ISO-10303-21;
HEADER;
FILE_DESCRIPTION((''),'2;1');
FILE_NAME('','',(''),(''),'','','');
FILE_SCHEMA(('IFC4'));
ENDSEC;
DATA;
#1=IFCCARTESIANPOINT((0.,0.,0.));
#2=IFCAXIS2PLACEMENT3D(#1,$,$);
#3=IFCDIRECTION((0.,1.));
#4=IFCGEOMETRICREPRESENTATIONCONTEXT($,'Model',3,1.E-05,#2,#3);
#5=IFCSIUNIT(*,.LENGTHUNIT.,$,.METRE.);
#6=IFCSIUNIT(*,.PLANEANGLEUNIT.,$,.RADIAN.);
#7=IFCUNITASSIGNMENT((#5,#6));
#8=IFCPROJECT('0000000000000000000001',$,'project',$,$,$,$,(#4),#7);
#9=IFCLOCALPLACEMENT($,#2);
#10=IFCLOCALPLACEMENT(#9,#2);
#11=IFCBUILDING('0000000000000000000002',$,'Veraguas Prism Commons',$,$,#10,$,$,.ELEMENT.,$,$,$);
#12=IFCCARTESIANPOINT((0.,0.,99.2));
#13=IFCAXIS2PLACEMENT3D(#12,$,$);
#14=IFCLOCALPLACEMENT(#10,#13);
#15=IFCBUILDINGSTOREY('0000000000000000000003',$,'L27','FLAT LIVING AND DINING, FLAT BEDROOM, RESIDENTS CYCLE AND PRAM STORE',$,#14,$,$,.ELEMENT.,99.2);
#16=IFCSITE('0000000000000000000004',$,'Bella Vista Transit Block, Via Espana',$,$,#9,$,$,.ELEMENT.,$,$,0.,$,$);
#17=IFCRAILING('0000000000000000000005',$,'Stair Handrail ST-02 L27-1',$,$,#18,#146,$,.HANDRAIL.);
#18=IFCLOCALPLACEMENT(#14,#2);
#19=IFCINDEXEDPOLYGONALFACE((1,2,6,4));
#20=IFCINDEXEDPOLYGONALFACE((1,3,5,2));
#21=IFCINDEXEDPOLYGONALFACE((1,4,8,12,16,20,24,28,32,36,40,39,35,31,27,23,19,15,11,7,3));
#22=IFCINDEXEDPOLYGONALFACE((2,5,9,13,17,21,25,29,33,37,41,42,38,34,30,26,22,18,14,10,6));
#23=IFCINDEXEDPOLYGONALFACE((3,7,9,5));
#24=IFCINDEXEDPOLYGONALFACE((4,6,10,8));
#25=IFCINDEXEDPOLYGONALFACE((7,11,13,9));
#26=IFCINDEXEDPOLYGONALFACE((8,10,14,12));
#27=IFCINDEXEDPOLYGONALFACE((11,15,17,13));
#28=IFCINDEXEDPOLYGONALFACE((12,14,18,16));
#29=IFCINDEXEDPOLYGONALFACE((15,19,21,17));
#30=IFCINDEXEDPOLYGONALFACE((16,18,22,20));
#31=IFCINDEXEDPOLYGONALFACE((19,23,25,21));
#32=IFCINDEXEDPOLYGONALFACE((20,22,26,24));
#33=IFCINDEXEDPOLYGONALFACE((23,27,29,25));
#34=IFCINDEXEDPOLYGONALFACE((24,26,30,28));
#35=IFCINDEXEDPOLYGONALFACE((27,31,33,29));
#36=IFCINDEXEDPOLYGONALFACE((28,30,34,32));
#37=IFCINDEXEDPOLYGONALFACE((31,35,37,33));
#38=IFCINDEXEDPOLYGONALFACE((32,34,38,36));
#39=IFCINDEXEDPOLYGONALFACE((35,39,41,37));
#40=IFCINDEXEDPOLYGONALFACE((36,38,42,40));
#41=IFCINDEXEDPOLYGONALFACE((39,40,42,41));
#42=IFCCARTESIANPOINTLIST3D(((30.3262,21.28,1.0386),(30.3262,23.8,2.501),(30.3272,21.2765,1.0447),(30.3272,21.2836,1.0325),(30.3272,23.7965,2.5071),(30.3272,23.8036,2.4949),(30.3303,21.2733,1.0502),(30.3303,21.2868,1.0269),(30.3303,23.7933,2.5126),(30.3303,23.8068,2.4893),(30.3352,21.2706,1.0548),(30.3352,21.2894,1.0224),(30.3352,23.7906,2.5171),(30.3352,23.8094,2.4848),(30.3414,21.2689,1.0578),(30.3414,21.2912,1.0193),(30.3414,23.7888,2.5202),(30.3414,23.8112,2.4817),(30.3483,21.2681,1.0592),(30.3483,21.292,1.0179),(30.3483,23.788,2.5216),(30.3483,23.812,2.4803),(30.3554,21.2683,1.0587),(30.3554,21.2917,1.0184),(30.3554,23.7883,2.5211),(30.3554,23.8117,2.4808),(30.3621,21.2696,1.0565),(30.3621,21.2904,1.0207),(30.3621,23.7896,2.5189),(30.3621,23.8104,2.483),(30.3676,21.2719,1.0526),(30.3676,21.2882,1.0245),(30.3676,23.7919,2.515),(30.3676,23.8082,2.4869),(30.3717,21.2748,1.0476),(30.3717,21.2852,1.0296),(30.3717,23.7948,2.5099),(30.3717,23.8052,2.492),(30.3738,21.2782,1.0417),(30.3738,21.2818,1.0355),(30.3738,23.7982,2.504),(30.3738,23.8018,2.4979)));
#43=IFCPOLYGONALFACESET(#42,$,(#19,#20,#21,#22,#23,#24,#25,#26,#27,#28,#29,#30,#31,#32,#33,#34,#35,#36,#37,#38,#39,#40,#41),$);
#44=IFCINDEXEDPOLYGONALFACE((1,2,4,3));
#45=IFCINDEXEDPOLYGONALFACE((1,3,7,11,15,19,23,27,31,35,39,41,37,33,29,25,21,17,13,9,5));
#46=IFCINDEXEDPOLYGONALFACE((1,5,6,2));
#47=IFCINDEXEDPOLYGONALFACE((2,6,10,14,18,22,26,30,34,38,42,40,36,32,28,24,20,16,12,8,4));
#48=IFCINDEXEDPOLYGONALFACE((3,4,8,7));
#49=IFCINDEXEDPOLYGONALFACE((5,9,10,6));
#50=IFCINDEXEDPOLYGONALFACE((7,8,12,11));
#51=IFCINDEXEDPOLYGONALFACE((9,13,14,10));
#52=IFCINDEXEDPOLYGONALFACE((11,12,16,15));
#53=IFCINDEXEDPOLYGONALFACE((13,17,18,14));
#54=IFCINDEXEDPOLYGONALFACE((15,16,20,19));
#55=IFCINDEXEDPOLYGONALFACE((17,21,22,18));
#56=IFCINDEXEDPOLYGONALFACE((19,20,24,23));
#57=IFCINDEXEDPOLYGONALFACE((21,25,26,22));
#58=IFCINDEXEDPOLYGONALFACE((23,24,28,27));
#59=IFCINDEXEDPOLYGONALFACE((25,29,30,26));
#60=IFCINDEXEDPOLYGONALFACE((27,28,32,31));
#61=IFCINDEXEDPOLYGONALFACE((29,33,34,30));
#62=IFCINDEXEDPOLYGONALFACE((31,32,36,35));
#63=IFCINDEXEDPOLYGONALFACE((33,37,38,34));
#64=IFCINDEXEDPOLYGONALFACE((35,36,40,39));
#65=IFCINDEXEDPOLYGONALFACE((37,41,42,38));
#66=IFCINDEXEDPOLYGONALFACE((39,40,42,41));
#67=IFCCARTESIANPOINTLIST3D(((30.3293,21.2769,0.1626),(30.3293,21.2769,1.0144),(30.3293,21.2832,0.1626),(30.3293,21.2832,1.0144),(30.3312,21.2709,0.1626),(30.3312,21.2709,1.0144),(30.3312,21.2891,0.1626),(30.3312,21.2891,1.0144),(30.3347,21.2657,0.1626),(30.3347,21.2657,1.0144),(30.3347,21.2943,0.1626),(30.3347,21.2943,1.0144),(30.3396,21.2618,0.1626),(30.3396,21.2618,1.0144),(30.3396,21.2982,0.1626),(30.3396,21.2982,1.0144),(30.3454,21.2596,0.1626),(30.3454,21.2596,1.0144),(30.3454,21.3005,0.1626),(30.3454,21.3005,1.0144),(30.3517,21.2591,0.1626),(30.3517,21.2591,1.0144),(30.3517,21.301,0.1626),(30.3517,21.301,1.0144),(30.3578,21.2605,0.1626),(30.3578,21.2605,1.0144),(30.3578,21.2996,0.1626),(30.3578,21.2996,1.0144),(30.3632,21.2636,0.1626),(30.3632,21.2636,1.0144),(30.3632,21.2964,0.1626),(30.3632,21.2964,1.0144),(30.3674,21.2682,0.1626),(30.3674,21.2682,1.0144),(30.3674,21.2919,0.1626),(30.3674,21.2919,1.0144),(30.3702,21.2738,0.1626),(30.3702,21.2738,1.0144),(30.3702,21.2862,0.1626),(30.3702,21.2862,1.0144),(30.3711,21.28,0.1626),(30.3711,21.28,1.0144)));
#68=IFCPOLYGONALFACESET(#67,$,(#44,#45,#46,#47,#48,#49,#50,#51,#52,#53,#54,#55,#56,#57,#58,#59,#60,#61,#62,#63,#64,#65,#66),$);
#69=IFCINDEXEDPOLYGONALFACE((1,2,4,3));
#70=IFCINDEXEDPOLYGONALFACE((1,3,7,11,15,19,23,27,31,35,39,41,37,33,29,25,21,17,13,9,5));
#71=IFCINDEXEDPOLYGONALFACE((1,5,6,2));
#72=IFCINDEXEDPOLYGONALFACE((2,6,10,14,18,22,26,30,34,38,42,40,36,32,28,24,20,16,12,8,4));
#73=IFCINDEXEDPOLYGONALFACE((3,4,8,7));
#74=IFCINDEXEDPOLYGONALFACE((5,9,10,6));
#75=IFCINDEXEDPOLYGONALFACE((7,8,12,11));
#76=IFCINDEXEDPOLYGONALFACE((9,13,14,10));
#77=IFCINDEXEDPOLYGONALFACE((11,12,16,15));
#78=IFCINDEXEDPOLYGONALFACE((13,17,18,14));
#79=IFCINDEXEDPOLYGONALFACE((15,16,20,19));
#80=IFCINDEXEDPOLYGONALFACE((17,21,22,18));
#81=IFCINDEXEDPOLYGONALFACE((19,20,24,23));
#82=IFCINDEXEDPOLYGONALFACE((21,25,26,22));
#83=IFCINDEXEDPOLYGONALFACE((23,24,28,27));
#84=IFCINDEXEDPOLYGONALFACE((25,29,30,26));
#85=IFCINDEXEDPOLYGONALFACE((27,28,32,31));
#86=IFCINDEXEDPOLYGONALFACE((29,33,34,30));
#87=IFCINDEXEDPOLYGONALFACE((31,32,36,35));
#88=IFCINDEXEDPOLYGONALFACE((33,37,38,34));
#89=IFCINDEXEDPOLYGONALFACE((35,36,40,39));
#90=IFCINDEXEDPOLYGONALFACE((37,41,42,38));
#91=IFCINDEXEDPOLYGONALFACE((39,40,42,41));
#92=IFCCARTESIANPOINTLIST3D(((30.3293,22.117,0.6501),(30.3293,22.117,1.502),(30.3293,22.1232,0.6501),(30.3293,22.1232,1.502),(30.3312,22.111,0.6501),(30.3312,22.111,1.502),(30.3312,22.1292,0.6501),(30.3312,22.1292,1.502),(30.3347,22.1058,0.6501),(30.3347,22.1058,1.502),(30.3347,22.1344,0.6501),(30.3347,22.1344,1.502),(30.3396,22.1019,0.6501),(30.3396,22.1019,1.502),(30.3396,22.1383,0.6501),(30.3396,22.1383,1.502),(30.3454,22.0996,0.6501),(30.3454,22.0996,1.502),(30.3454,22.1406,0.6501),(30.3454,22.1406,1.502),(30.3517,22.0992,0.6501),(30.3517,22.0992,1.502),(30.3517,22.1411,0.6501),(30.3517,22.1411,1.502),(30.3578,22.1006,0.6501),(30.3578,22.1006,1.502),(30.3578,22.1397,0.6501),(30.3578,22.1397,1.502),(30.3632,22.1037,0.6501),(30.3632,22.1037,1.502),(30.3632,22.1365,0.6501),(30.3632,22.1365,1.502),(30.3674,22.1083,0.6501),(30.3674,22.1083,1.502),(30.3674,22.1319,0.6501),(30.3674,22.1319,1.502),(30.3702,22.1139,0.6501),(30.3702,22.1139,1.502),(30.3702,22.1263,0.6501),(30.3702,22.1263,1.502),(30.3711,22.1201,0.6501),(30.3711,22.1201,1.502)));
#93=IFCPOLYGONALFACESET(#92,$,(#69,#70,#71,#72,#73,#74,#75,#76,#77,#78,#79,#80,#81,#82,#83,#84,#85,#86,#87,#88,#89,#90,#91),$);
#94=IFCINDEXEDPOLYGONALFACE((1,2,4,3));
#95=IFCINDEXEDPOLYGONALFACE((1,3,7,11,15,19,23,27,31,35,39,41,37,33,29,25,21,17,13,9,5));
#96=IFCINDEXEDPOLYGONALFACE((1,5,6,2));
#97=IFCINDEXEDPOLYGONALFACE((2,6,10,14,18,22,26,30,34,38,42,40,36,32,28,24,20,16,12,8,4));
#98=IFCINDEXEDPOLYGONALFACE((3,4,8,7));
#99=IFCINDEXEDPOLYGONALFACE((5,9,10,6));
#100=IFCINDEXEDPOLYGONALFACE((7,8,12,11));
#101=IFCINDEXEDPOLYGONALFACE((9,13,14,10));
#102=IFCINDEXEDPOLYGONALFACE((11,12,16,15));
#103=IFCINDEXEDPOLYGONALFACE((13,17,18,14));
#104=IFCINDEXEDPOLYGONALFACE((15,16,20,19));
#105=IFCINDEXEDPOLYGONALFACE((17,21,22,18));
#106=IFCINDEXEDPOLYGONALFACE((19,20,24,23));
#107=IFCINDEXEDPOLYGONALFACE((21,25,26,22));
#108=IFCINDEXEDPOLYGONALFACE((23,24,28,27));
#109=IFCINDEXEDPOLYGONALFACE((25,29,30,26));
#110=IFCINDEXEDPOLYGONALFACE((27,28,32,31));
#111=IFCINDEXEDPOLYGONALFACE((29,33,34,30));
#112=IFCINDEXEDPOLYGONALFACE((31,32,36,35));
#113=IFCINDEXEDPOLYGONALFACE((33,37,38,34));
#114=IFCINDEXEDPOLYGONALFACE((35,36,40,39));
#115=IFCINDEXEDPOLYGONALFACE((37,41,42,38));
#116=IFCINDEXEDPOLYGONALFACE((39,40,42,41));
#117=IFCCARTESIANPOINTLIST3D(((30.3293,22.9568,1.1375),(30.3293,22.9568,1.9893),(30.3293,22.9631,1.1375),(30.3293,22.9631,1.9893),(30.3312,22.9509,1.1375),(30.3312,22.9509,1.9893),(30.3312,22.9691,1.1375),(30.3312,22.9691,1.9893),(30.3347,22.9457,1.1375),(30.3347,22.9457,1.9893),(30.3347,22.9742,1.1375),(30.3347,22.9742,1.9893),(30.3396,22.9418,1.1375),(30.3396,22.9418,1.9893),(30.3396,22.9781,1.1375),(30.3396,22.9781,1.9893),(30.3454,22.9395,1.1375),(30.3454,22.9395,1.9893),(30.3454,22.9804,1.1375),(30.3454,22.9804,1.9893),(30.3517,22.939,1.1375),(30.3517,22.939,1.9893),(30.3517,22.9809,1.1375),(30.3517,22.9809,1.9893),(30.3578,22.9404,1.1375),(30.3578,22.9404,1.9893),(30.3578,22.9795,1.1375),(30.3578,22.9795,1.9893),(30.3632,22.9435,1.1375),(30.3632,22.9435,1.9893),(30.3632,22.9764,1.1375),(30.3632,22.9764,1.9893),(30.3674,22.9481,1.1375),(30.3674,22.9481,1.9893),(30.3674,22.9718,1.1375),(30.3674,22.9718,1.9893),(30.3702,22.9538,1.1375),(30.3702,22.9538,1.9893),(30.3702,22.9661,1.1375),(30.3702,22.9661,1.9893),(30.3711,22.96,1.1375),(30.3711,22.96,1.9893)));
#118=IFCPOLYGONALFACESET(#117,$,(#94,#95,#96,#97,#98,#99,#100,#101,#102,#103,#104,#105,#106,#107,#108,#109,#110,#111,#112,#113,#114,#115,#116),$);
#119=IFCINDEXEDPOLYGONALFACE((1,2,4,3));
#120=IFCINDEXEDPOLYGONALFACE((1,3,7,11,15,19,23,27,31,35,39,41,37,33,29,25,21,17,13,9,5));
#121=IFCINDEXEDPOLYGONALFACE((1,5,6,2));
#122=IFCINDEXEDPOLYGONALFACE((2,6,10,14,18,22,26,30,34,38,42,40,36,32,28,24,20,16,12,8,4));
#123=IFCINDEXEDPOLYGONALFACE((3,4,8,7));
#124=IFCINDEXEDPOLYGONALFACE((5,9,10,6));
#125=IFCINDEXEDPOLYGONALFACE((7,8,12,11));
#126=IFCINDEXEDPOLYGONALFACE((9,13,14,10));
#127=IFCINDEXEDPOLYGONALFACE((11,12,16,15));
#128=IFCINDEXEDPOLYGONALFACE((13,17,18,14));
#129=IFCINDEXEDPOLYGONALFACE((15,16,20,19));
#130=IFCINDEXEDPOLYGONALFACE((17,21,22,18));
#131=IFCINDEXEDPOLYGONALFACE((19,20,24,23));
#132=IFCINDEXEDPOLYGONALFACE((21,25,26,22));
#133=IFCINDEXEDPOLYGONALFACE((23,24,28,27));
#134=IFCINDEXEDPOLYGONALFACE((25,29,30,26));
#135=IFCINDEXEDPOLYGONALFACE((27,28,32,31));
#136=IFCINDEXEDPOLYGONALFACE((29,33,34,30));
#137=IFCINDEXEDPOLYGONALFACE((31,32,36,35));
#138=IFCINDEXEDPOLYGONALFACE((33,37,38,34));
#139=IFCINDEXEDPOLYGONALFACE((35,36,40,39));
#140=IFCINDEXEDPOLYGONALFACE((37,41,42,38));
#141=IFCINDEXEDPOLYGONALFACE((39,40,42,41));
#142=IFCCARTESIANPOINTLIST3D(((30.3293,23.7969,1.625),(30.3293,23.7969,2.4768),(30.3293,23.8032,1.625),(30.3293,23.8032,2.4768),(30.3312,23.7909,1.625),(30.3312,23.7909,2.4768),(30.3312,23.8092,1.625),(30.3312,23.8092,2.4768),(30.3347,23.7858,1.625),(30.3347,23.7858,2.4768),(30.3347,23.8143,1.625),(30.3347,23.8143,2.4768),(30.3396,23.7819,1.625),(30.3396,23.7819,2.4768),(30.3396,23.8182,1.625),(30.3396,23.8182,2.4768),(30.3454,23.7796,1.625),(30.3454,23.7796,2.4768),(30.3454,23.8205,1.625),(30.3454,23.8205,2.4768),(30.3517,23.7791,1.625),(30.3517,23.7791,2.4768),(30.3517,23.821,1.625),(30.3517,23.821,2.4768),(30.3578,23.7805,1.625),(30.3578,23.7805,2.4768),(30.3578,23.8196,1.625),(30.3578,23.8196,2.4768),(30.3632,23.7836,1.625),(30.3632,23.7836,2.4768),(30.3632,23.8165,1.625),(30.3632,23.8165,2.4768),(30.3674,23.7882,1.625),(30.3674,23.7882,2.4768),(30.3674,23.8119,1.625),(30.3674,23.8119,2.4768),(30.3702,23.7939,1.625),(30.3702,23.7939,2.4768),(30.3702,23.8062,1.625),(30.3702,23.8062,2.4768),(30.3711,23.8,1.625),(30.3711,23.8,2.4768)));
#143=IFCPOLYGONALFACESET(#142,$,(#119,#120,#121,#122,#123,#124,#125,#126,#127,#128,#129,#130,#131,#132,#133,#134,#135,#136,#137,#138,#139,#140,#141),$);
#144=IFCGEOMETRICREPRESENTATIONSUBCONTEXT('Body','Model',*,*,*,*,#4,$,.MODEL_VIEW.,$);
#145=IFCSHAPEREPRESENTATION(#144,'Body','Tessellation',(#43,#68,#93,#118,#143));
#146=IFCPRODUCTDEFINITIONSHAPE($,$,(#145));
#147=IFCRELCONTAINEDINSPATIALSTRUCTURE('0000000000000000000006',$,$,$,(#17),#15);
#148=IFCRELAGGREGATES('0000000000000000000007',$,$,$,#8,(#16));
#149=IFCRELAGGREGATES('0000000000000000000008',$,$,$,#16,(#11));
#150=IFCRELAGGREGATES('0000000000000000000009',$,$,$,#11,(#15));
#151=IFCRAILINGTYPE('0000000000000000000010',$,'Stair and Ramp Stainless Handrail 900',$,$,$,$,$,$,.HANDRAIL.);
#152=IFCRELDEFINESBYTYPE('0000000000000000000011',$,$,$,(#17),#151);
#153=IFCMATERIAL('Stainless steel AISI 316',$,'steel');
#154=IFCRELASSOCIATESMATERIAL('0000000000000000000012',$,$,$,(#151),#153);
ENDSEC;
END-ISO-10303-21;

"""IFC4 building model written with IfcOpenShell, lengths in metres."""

from ifc_helpers import new_model, si_unit, direction, frame, origin, origin_2d, place, context, subcontext, project, spatial, circle, extrude, material, type_object, element, save


model = new_model("IFC4")

# Units and contexts
model_context = context("Model", 3, precision=1e-05, world=origin(), true_north=direction((0.0, 1.0)))
body_context = subcontext(model_context, "Body", "Model", "MODEL_VIEW")
ifc_project = project(units=[si_unit("LENGTHUNIT", "METRE"), si_unit("PLANEANGLEUNIT", "RADIAN")], contexts=[model_context])

# Site, building, storey
site_placement = place(None, origin())
site = spatial("IfcSite", under=ifc_project, at=site_placement, Name="Bella Vista Transit Block, Via Espana", CompositionType="ELEMENT", RefElevation=0.0)
building_placement = place(site_placement, origin())
building = spatial("IfcBuilding", under=site, at=building_placement, Name="Veraguas Prism Commons", CompositionType="ELEMENT")
storey_placement = place(building_placement, frame((0.0, 0.0, 99.2)))
storey = spatial("IfcBuildingStorey", under=building, at=storey_placement, Name="L27", Description="FLAT LIVING AND DINING, FLAT BEDROOM, RESIDENTS CYCLE AND PRAM STORE", CompositionType="ELEMENT", Elevation=99.2)

# Shared definitions
ifc_material_1 = material(Name="Stainless steel AISI 316", Category="steel")

# Railing
railing_type_1 = type_object("IfcRailingType", Name="Stair and Ramp Stainless Handrail 900", PredefinedType="HANDRAIL", material=ifc_material_1)
railing_1_placement = place(storey_placement, frame((30.3501, 21.28, 0.1626)))
element("IfcRailing", 1, at=railing_1_placement, inside=storey, type_object=railing_type_1, Name="Stair Handrail ST-02 L27-1", PredefinedType="HANDRAIL", context=body_context, shape_type="SweptSolid", body=[
    extrude(circle(Radius=0.0239, at=origin_2d()), frame((0.0, 0.0, 0.876), z_axis=(0.0, 0.864913, 0.501921), x_axis=(-1.0, 0.0, 0.0)), (0.0, 0.0, 1.0), 2.9136),
    extrude(circle(Radius=0.021, at=origin_2d()), origin(), (0.0, 0.0, 1.0), 0.8518),
    extrude(circle(Radius=0.021, at=origin_2d()), frame((0.0, 0.8401, 0.4875)), (0.0, 0.0, 1.0), 0.8518),
    extrude(circle(Radius=0.021, at=origin_2d()), frame((0.0, 1.6799, 0.9749)), (0.0, 0.0, 1.0), 0.8518),
    extrude(circle(Radius=0.021, at=origin_2d()), frame((0.0, 2.52, 1.4624)), (0.0, 0.0, 1.0), 0.8518),
])

save(model, "model.ifc")
